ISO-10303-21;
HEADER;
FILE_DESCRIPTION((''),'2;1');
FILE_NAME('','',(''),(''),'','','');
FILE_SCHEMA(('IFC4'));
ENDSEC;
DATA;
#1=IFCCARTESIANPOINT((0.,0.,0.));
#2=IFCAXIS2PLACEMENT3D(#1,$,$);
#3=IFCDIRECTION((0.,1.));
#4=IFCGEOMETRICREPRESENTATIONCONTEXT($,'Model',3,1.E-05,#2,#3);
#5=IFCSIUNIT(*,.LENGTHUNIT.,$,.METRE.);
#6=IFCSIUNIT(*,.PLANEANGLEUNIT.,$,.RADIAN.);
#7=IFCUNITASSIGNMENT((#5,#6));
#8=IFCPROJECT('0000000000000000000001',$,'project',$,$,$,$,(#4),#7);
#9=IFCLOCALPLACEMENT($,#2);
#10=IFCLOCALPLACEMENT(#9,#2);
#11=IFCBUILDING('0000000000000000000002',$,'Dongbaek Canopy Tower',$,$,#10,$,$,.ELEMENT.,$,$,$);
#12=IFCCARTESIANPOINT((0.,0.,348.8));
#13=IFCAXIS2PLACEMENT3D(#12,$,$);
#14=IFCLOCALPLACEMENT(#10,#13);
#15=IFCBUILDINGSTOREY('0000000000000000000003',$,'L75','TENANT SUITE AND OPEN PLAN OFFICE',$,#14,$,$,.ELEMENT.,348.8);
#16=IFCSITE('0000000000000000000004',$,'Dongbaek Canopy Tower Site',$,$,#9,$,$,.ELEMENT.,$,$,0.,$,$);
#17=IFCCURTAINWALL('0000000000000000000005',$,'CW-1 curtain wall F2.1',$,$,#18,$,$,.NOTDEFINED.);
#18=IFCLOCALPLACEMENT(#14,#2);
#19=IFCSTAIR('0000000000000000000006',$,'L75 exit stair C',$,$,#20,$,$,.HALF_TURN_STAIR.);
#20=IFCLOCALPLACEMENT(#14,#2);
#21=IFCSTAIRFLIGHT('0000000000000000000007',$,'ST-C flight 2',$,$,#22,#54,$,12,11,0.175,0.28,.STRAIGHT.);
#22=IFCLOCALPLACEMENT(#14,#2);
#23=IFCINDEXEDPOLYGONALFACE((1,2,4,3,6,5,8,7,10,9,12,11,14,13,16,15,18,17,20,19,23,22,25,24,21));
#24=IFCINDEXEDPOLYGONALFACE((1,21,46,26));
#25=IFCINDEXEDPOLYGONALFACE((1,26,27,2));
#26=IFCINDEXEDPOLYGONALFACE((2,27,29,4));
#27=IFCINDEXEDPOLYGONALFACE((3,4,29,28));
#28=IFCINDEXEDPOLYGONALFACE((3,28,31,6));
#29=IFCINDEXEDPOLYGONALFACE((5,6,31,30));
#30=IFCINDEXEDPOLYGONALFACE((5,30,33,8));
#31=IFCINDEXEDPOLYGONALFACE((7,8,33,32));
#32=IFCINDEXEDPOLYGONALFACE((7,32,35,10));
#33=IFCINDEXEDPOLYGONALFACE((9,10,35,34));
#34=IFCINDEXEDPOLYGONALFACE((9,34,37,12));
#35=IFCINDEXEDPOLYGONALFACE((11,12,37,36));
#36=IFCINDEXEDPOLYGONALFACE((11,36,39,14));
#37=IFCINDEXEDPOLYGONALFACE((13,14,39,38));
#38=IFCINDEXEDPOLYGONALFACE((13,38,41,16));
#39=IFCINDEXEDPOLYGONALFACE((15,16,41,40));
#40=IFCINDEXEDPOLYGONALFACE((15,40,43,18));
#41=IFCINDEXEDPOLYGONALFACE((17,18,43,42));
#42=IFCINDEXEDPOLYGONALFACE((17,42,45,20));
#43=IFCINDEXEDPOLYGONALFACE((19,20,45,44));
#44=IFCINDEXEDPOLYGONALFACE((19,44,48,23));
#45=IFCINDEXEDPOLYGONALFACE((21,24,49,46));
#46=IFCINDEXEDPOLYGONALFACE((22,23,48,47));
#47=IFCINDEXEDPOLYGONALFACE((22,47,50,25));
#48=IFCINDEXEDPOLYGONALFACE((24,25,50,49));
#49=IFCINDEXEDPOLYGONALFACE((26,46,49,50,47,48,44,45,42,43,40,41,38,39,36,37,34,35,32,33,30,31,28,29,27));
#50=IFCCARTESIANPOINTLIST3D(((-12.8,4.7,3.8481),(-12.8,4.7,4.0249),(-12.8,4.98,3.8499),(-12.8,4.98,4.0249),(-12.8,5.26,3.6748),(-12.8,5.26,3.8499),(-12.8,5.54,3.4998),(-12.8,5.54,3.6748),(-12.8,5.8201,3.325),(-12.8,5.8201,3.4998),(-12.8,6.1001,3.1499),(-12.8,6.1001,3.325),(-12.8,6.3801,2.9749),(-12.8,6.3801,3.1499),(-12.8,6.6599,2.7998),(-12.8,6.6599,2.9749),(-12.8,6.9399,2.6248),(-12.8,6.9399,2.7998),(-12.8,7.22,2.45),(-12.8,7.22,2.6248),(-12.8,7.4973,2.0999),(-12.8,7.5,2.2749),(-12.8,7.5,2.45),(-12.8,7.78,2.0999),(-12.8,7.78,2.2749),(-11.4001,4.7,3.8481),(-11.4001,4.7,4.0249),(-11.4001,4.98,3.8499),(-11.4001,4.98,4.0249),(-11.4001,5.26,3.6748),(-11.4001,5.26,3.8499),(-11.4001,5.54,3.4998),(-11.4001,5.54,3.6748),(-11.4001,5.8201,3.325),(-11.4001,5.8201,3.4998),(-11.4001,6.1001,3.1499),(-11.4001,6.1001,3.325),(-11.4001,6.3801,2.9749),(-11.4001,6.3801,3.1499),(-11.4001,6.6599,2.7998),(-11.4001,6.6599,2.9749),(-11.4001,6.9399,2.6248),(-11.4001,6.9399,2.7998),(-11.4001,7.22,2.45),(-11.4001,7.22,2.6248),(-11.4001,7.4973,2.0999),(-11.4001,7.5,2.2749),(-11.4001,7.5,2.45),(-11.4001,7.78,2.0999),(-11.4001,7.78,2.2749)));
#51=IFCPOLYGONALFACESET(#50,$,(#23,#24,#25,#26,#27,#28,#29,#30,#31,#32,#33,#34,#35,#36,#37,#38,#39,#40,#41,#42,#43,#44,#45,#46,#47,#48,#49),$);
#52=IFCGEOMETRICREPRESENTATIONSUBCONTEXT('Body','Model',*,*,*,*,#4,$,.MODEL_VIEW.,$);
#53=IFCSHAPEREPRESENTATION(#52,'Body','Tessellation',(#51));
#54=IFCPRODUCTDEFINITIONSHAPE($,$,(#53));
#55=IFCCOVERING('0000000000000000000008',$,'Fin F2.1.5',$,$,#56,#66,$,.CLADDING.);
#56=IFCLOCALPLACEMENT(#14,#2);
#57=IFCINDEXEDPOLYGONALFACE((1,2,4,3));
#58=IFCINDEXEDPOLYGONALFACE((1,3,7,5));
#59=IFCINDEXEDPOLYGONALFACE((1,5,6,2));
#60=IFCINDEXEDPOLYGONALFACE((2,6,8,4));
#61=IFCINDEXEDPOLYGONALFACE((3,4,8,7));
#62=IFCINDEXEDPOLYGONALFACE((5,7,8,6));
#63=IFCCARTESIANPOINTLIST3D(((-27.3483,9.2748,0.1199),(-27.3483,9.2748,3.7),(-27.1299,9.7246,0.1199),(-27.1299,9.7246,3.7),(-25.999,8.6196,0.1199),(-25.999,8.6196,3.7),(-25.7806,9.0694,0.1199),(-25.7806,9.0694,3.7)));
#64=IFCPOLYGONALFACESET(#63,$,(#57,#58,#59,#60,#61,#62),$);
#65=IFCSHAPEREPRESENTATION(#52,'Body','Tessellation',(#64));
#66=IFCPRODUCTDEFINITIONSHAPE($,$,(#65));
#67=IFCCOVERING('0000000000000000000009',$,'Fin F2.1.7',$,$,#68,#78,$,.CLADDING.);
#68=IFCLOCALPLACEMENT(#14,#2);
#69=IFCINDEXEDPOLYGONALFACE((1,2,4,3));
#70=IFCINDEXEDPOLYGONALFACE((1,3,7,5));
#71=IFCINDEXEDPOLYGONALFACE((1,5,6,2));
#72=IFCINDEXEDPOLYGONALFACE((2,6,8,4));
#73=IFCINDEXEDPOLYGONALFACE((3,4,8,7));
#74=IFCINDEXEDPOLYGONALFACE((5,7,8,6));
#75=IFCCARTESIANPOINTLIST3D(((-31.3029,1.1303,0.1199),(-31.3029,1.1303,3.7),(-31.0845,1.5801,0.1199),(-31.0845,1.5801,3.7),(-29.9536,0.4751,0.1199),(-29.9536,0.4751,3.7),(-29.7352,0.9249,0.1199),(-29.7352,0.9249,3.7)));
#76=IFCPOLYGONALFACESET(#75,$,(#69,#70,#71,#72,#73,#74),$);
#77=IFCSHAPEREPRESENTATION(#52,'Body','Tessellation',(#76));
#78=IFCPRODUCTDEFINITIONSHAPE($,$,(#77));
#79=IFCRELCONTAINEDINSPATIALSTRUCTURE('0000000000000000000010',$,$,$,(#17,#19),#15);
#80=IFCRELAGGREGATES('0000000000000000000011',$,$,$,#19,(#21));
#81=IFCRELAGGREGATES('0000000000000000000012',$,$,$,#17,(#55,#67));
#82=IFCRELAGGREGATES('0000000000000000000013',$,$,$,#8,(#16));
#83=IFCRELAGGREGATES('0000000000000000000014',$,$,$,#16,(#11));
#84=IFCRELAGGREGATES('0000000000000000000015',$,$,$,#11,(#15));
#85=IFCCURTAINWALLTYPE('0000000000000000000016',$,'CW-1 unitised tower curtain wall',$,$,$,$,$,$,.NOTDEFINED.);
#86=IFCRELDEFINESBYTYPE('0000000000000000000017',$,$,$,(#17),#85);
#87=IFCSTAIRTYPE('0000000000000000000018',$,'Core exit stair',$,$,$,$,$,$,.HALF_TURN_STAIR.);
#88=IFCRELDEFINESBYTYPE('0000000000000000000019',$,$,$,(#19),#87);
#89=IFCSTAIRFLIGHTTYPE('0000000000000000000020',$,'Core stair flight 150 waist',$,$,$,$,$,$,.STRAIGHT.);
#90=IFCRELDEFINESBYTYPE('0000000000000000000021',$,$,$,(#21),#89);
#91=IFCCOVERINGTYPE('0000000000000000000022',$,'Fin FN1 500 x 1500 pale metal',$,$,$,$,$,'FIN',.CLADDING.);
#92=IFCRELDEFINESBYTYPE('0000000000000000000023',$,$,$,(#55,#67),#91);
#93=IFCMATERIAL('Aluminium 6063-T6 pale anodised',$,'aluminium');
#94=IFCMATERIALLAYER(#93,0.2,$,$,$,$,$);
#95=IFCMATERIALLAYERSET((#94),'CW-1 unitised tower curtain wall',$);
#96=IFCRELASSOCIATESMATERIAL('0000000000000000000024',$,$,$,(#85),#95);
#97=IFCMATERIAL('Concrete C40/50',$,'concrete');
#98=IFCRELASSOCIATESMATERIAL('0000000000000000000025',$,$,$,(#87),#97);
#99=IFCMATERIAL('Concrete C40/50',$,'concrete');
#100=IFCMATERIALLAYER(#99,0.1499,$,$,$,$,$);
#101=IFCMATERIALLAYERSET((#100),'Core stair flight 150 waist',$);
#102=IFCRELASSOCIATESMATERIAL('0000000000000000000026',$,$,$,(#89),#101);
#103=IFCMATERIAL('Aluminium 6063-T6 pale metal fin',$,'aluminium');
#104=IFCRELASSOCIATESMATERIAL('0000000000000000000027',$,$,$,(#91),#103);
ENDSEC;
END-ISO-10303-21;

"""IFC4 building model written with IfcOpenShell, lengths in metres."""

from ifc_helpers import new_model, si_unit, direction, frame, origin, origin_2d, place, context, subcontext, project, spatial, polyline, rectangle, outline, extrude, material, layer, layer_set, material_profile, profile_set, type_object, element, aggregate, save


model = new_model("IFC4")

# Units and contexts
model_context = context("Model", 3, precision=1e-05, world=origin(), true_north=direction((0.0, 1.0)))
body_context = subcontext(model_context, "Body", "Model", "MODEL_VIEW")
ifc_project = project(units=[si_unit("LENGTHUNIT", "METRE"), si_unit("PLANEANGLEUNIT", "RADIAN")], contexts=[model_context])

# Site, building, storey
site_placement = place(None, origin())
site = spatial("IfcSite", under=ifc_project, at=site_placement, Name="Dongbaek Canopy Tower Site", CompositionType="ELEMENT", RefElevation=0.0)
building_placement = place(site_placement, origin())
building = spatial("IfcBuilding", under=site, at=building_placement, Name="Dongbaek Canopy Tower", CompositionType="ELEMENT")
storey_placement = place(building_placement, frame((0.0, 0.0, 348.8)))
storey = spatial("IfcBuildingStorey", under=building, at=storey_placement, Name="L75", Description="TENANT SUITE AND OPEN PLAN OFFICE", CompositionType="ELEMENT", Elevation=348.8)

# Curtain wall
ifc_material_1 = material(Name="Aluminium 6063-T6 pale anodised", Category="aluminium")
ifc_layer_1 = layer(ifc_material_1, 0.2)
ifc_layer_set_1 = layer_set([ifc_layer_1], Name="CW-1 unitised tower curtain wall")
curtain_wall_type = type_object("IfcCurtainWallType", Name="CW-1 unitised tower curtain wall", PredefinedType="NOTDEFINED", material=ifc_layer_set_1)
curtain_wall_placement = place(storey_placement, origin())
curtain_wall = element("IfcCurtainWall", 1, at=curtain_wall_placement, inside=storey, type_object=curtain_wall_type, Name="CW-1 curtain wall F2.1", PredefinedType="NOTDEFINED")

# Stair, stair flight
ifc_material_2 = material(Name="Concrete C40/50", Category="concrete")
stair_type = type_object("IfcStairType", Name="Core exit stair", PredefinedType="HALF_TURN_STAIR", material=ifc_material_2)
stair_placement = place(storey_placement, origin())
stair = element("IfcStair", 2, at=stair_placement, inside=storey, type_object=stair_type, Name="L75 exit stair C", PredefinedType="HALF_TURN_STAIR")
ifc_material_3 = material(Name="Concrete C40/50", Category="concrete")
ifc_layer_2 = layer(ifc_material_3, 0.1499)
ifc_layer_set_2 = layer_set([ifc_layer_2], Name="Core stair flight 150 waist")
stair_flight_type = type_object("IfcStairFlightType", Name="Core stair flight 150 waist", PredefinedType="STRAIGHT", material=ifc_layer_set_2)
stair_flight_1_placement = place(storey_placement, frame((-12.1001, 7.78, 2.0999), z_axis=(0.0, 0.0, 1.0), x_axis=(0.0, -1.0, 0.0)))
stair_flight_1 = element("IfcStairFlight", 3, at=stair_flight_1_placement, type_object=stair_flight_type, Name="ST-C flight 2", NumberOfRisers=12, NumberOfTreads=11, PredefinedType="STRAIGHT", RiserHeight=0.175, TreadLength=0.28, context=body_context, shape_type="SweptSolid", body=[
    extrude(outline(polyline([(0.0, 0.0), (0.0, 0.175), (0.28, 0.175), (0.28, 0.3501), (0.5601, 0.3501), (0.5601, 0.5249), (0.8401, 0.5249), (0.8401, 0.7), (1.1201, 0.7), (1.1201, 0.875), (1.3999, 0.875), (1.3999, 1.05), (1.6799, 1.05), (1.6799, 1.2251), (1.96, 1.2251), (1.96, 1.3999), (2.24, 1.3999), (2.24, 1.575), (2.52, 1.575), (2.52, 1.75), (2.8, 1.75), (2.8, 1.925), (3.0801, 1.925), (3.0801, 2.1001), (3.0801, 1.7483), (0.2827, 0.0), (0.0, 0.0)])), frame((0.0, 0.7, 0.0), z_axis=(0.0, -1.0, 0.0), x_axis=(1.0, 0.0, 0.0)), (0.0, 0.0, 1.0), 1.3999),
])
aggregate(stair, [stair_flight_1])

# Coverings
ifc_material_4 = material(Name="Aluminium 6063-T6 pale metal fin", Category="aluminium")
ifc_material_profile_1 = material_profile(ifc_material_4, rectangle(XDim=1.5, YDim=0.5, at=origin_2d()), Name="Fin FN1 500 x 1500 pale metal")
ifc_profile_set_1 = profile_set([ifc_material_profile_1], Name="Aluminium 6063-T6 pale metal fin")
covering_type = type_object("IfcCoveringType", Name="Fin FN1 500 x 1500 pale metal", ElementType="FIN", PredefinedType="CLADDING", material=ifc_profile_set_1)
covering_1_placement = place(storey_placement, frame((-26.5645, 9.1721, 0.1199), z_axis=(0.0, 0.0, 1.0), x_axis=(-0.899563, 0.436791, 0.0)))
covering_1 = element("IfcCovering", 4, at=covering_1_placement, type_object=covering_type, Name="Fin F2.1.5", PredefinedType="CLADDING", context=body_context, shape_type="SweptSolid", body=[
    extrude(rectangle(XDim=1.5, YDim=0.5, at=origin_2d()), origin(), (0.0, 0.0, 1.0), 3.5801),
])
covering_2_placement = place(storey_placement, frame((-30.519, 1.0276, 0.1199), z_axis=(0.0, 0.0, 1.0), x_axis=(-0.899563, 0.436791, 0.0)))
covering_2 = element("IfcCovering", 5, at=covering_2_placement, type_object=covering_type, Name="Fin F2.1.7", PredefinedType="CLADDING", context=body_context, shape_type="SweptSolid", body=[
    extrude(rectangle(XDim=1.5, YDim=0.5, at=origin_2d()), origin(), (0.0, 0.0, 1.0), 3.5801),
])
aggregate(curtain_wall, [covering_1, covering_2])

save(model, "model.ifc")
